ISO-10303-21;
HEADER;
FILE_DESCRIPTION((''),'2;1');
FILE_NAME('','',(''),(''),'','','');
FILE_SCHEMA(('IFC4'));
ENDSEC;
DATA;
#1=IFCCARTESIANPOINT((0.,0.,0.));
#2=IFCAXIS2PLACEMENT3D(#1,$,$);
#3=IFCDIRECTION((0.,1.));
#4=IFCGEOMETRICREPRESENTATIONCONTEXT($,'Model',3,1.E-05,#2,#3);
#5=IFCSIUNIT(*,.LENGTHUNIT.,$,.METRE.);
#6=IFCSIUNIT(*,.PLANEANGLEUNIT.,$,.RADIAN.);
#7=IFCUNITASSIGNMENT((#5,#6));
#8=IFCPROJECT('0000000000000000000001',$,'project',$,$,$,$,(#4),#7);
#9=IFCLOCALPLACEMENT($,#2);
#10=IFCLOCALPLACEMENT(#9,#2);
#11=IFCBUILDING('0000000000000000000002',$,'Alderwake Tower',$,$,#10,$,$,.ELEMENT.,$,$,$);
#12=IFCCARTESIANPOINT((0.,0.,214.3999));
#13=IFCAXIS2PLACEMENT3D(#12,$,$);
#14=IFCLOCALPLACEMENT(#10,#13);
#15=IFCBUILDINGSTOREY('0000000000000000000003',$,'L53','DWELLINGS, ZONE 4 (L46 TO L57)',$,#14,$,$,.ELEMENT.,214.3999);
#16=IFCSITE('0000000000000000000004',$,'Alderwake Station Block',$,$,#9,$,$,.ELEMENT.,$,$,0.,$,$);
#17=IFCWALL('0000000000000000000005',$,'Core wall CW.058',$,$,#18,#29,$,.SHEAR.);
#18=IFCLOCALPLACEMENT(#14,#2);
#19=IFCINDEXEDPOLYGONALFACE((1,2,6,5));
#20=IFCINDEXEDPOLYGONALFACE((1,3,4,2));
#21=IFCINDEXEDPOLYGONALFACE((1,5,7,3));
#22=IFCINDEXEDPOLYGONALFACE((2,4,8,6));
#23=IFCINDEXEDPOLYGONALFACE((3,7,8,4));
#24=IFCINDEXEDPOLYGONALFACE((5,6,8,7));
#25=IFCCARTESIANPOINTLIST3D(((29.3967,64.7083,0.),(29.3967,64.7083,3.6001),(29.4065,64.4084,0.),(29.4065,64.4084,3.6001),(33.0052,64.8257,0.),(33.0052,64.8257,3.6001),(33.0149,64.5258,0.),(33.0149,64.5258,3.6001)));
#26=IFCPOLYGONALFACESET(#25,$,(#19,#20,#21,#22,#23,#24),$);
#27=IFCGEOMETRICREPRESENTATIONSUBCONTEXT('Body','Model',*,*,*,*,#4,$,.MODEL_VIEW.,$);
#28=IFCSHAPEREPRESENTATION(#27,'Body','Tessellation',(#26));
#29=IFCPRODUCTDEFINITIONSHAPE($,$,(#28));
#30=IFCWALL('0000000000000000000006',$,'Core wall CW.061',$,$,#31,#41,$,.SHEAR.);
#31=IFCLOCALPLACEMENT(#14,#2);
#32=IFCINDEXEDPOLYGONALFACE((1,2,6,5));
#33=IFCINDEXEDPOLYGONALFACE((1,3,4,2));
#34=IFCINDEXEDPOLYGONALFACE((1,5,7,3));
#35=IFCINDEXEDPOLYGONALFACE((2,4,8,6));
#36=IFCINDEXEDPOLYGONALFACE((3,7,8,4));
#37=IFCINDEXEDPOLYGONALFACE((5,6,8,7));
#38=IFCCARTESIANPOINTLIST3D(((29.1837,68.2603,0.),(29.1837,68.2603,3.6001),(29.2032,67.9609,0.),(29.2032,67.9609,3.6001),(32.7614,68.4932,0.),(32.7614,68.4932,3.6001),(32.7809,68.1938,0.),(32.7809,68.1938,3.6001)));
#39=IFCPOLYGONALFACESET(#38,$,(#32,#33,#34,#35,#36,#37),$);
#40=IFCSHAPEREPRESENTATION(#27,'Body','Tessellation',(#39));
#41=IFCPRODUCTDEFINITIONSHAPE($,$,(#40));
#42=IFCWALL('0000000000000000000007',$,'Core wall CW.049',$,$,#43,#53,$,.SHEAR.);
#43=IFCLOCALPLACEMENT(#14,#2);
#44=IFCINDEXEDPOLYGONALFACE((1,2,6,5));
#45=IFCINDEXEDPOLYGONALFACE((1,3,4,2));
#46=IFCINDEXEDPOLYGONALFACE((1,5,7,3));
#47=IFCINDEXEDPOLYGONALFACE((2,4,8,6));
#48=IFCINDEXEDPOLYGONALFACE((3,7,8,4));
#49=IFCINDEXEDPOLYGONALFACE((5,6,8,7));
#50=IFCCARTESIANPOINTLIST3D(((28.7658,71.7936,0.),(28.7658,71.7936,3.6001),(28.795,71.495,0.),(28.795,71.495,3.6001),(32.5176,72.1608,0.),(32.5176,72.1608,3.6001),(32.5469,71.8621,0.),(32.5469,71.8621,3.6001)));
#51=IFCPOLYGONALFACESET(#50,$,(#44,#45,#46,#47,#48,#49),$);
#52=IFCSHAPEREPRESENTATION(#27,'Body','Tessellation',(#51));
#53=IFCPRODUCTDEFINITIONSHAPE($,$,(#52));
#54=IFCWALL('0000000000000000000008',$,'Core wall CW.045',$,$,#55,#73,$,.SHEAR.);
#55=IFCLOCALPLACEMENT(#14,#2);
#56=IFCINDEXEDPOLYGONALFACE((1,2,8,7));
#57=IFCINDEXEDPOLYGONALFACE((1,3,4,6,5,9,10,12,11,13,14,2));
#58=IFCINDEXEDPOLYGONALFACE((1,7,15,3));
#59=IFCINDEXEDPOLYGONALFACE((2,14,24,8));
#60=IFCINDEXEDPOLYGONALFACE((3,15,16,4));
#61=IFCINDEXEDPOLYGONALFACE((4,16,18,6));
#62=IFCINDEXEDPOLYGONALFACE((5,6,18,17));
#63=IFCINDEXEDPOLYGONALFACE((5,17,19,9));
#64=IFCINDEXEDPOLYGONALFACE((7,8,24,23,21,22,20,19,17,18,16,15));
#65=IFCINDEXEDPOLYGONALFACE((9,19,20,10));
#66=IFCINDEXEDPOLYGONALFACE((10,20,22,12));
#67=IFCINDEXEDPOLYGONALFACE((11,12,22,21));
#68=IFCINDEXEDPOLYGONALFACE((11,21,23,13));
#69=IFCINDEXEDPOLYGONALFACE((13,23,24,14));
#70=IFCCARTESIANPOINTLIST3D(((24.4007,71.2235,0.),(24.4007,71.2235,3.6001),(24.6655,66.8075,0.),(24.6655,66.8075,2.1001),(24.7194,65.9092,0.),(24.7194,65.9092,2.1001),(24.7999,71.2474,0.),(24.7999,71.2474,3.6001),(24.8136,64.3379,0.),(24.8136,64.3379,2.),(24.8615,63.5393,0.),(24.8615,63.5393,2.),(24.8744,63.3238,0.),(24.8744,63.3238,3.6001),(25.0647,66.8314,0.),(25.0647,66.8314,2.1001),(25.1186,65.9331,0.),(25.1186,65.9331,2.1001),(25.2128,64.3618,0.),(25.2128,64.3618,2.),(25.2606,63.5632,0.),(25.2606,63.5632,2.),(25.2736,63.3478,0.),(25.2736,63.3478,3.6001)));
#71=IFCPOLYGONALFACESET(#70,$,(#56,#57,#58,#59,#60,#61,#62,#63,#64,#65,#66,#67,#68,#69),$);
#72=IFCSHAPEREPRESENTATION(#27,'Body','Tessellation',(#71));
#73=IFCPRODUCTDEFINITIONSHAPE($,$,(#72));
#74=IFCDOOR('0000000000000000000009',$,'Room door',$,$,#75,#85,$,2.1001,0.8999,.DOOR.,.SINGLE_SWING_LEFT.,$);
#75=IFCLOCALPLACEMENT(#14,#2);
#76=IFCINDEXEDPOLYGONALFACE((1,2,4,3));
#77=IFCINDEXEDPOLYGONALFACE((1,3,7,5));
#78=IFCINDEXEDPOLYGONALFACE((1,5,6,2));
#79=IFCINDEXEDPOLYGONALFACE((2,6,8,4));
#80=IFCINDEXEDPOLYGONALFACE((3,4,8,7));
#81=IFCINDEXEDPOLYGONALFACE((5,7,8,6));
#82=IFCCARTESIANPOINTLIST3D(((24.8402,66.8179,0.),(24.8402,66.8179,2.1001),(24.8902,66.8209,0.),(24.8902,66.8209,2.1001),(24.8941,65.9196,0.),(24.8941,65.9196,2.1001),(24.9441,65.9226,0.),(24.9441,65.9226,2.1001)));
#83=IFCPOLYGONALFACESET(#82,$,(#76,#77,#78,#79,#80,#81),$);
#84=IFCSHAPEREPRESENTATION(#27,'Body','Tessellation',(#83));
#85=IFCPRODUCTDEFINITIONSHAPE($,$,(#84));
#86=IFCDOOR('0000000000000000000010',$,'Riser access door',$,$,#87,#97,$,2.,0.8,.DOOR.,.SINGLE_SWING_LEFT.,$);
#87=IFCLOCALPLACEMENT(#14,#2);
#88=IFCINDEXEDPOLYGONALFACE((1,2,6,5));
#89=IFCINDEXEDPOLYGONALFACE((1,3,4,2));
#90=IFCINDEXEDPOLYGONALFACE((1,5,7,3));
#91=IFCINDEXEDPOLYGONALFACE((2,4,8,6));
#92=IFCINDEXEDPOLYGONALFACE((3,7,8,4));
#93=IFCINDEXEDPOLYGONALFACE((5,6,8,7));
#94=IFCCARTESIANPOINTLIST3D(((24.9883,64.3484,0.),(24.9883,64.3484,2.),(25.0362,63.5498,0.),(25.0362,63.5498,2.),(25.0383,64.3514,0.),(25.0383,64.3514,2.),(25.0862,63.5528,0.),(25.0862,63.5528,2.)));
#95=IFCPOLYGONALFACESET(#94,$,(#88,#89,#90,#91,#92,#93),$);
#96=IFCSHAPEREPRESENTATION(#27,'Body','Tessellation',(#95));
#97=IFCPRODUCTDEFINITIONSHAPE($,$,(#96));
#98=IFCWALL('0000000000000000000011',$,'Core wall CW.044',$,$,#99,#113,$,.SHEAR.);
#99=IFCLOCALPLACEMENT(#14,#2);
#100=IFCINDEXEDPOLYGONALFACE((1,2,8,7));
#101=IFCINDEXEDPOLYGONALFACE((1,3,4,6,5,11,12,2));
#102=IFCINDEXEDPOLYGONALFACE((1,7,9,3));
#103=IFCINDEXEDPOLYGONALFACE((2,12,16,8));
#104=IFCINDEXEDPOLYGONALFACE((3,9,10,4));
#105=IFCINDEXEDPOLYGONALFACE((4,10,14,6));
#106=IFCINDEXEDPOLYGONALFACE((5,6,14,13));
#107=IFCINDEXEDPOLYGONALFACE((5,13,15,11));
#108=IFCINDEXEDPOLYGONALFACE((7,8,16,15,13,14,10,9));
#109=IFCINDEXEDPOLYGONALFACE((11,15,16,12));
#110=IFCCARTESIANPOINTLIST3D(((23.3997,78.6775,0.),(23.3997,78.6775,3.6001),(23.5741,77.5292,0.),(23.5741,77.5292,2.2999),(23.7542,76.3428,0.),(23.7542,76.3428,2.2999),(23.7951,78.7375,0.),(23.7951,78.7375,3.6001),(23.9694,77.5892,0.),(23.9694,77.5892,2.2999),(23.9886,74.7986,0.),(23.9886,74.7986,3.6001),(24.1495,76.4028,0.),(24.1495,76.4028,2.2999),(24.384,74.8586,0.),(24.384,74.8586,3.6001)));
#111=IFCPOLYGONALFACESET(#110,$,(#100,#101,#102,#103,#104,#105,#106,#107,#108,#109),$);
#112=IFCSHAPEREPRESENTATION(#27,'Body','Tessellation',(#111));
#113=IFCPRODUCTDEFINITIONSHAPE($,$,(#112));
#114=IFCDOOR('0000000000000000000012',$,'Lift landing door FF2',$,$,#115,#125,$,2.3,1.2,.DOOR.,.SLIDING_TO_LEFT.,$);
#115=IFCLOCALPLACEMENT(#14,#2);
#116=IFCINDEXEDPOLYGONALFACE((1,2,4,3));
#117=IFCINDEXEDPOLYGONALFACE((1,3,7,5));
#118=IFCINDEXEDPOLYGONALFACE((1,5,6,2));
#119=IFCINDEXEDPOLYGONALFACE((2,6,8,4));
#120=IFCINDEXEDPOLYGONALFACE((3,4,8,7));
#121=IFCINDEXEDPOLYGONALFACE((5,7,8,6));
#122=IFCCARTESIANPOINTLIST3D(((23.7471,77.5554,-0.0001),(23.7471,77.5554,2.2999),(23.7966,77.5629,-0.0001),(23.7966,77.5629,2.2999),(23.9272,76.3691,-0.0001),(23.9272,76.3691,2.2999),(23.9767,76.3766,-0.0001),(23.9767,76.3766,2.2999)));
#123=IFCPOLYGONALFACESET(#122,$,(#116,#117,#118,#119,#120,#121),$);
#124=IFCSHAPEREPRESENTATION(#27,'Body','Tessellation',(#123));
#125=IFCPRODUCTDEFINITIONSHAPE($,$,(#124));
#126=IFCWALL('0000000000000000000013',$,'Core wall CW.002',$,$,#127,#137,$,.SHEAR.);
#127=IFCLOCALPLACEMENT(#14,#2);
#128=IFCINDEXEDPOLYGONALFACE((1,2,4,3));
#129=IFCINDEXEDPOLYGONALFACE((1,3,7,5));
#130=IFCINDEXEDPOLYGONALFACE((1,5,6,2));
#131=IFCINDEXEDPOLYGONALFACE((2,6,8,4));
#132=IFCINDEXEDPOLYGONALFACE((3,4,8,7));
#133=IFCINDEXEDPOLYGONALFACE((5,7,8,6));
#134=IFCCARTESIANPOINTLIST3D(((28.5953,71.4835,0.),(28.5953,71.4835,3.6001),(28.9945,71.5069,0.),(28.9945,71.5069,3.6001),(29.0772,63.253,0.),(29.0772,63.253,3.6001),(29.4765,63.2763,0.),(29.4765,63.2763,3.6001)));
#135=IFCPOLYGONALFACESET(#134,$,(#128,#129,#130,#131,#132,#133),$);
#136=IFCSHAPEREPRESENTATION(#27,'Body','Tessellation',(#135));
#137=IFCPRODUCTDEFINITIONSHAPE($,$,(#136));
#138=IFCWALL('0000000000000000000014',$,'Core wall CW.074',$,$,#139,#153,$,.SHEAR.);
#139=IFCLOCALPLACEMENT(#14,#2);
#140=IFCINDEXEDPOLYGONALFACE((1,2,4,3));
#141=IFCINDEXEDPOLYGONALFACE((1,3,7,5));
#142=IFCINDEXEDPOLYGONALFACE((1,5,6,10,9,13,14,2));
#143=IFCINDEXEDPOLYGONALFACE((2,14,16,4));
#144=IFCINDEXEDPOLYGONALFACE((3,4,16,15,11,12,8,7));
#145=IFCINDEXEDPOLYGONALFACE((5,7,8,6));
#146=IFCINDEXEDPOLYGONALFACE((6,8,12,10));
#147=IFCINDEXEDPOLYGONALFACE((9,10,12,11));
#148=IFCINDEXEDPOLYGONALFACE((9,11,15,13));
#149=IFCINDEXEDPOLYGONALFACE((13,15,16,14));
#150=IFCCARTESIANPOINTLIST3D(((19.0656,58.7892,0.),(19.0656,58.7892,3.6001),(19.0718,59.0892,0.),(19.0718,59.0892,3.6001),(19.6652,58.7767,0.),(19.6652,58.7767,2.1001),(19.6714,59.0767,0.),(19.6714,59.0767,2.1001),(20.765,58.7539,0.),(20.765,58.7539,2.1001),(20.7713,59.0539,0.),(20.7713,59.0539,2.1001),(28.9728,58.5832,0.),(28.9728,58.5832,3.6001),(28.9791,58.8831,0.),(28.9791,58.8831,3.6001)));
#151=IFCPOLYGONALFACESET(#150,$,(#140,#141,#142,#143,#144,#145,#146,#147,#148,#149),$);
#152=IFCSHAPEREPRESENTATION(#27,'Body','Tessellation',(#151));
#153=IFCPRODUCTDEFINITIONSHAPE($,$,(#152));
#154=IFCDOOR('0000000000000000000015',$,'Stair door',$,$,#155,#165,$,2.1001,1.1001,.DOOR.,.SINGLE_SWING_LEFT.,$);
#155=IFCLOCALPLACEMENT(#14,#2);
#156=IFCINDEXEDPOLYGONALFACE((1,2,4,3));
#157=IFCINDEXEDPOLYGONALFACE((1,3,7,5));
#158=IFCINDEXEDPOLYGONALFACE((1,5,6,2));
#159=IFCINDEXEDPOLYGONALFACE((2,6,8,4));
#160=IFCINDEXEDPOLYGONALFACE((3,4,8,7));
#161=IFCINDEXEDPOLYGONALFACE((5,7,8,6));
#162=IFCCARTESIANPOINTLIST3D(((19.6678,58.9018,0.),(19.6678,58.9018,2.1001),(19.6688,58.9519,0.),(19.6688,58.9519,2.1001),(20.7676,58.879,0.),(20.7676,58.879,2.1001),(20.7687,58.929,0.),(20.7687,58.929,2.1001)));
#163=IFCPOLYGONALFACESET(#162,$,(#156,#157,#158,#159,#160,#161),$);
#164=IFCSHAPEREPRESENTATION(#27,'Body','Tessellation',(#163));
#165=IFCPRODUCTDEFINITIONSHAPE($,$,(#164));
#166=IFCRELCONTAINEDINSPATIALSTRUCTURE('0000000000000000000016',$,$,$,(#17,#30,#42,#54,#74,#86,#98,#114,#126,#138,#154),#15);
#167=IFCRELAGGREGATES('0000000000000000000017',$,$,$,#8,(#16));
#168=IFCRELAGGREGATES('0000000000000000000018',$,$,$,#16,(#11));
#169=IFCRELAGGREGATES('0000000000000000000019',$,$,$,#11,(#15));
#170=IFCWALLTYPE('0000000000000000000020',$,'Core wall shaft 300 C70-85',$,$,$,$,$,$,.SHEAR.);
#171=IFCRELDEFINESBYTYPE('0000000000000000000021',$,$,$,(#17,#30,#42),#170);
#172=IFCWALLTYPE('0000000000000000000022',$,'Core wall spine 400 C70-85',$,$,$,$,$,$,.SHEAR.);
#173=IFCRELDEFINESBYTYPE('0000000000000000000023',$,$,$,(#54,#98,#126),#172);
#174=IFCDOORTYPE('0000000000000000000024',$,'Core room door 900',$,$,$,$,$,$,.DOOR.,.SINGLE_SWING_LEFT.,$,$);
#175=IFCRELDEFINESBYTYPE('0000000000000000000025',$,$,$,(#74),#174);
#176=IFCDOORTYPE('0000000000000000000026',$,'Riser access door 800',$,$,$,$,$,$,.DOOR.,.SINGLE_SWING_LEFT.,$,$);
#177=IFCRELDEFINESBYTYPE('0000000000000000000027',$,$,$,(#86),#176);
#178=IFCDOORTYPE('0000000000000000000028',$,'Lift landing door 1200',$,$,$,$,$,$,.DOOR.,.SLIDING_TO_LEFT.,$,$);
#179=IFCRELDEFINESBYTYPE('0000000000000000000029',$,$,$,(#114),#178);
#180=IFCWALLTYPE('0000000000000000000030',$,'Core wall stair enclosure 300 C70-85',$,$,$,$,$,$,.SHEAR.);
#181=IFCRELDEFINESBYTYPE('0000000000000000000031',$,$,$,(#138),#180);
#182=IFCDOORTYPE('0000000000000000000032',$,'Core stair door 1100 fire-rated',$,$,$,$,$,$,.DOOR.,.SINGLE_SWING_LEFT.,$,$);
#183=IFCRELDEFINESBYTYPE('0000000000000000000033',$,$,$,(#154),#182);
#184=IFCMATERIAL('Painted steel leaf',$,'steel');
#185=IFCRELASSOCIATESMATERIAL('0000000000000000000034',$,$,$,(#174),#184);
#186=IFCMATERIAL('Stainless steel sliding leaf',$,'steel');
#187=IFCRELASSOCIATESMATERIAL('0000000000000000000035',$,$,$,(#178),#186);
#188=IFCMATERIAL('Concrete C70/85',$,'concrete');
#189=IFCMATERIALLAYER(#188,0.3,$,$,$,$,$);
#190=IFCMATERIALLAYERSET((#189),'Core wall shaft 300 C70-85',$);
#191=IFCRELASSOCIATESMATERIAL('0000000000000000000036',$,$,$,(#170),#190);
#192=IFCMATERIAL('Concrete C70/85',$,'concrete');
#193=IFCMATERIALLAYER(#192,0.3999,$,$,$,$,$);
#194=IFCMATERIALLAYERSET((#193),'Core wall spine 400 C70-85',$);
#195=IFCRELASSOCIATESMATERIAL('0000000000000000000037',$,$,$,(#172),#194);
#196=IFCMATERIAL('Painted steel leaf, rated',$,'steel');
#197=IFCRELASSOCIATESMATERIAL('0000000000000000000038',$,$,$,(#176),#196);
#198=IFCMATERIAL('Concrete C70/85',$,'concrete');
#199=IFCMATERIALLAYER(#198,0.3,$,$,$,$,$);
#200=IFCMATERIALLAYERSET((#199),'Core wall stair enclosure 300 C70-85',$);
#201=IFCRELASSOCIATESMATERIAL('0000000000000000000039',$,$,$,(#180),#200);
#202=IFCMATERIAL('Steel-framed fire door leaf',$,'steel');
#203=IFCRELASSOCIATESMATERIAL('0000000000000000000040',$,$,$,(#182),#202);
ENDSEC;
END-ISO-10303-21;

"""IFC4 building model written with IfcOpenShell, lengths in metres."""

from ifc_helpers import new_model, si_unit, direction, frame, frame_2d, origin, place, context, subcontext, project, spatial, rectangle, extrude, material, layer, layer_set, type_object, element, fill, save


model = new_model("IFC4")

# Units and contexts
model_context = context("Model", 3, precision=1e-05, world=origin(), true_north=direction((0.0, 1.0)))
body_context = subcontext(model_context, "Body", "Model", "MODEL_VIEW")
ifc_project = project(units=[si_unit("LENGTHUNIT", "METRE"), si_unit("PLANEANGLEUNIT", "RADIAN")], contexts=[model_context])

# Site, building, storey
site_placement = place(None, origin())
site = spatial("IfcSite", under=ifc_project, at=site_placement, Name="Alderwake Station Block", CompositionType="ELEMENT", RefElevation=0.0)
building_placement = place(site_placement, origin())
building = spatial("IfcBuilding", under=site, at=building_placement, Name="Alderwake Tower", CompositionType="ELEMENT")
storey_placement = place(building_placement, frame((0.0, 0.0, 214.3999)))
storey = spatial("IfcBuildingStorey", under=building, at=storey_placement, Name="L53", Description="DWELLINGS, ZONE 4 (L46 TO L57)", CompositionType="ELEMENT", Elevation=214.3999)

# Shared definitions
ifc_material_1 = material(Name="Painted steel leaf", Category="steel")
door_type_1 = type_object("IfcDoorType", Name="Core room door 900", OperationType="SINGLE_SWING_LEFT", PredefinedType="DOOR", material=ifc_material_1)

# Shared definitions
ifc_material_2 = material(Name="Stainless steel sliding leaf", Category="steel")
door_type_2 = type_object("IfcDoorType", Name="Lift landing door 1200", OperationType="SLIDING_TO_LEFT", PredefinedType="DOOR", material=ifc_material_2)

# Walls
ifc_material_3 = material(Name="Concrete C70/85", Category="concrete")
ifc_layer_1 = layer(ifc_material_3, 0.3)
ifc_layer_set_1 = layer_set([ifc_layer_1], Name="Core wall shaft 300 C70-85")
wall_type_1 = type_object("IfcWallType", Name="Core wall shaft 300 C70-85", PredefinedType="SHEAR", material=ifc_layer_set_1)
wall_1_placement = place(storey_placement, frame((29.4016, 64.5583, 0.0), z_axis=(0.0, 0.0, 1.0), x_axis=(0.999471, 0.032527, 0.0)))
element("IfcWall", 1, at=wall_1_placement, inside=storey, type_object=wall_type_1, Name="Core wall CW.058", PredefinedType="SHEAR", context=body_context, shape_type="SweptSolid", body=[
    extrude(rectangle(XDim=3.6104, YDim=0.3, at=frame_2d((1.8052, 0.0))), origin(), (0.0, 0.0, 1.0), 3.6001),
])
wall_2_placement = place(storey_placement, frame((29.1936, 68.1106, 0.0), z_axis=(0.0, 0.0, 1.0), x_axis=(0.997888, 0.064964, 0.0)))
element("IfcWall", 2, at=wall_2_placement, inside=storey, type_object=wall_type_1, Name="Core wall CW.061", PredefinedType="SHEAR", context=body_context, shape_type="SweptSolid", body=[
    extrude(rectangle(XDim=3.5852, YDim=0.3, at=frame_2d((1.7925, 0.0))), origin(), (0.0, 0.0, 1.0), 3.6001),
])
wall_3_placement = place(storey_placement, frame((28.7805, 71.6443, 0.0), z_axis=(0.0, 0.0, 1.0), x_axis=(0.995245, 0.0974, 0.0)))
element("IfcWall", 3, at=wall_3_placement, inside=storey, type_object=wall_type_1, Name="Core wall CW.049", PredefinedType="SHEAR", context=body_context, shape_type="SweptSolid", body=[
    extrude(rectangle(XDim=3.7698, YDim=0.3, at=frame_2d((1.8848, 0.0))), origin(), (0.0, 0.0, 1.0), 3.6001),
])

# Wall, openings, doors
ifc_material_4 = material(Name="Concrete C70/85", Category="concrete")
ifc_layer_2 = layer(ifc_material_4, 0.3999)
ifc_layer_set_2 = layer_set([ifc_layer_2], Name="Core wall spine 400 C70-85")
wall_type_2 = type_object("IfcWallType", Name="Core wall spine 400 C70-85", PredefinedType="SHEAR", material=ifc_layer_set_2)
wall_4_placement = place(storey_placement, frame((25.074, 63.3357, 0.0), z_axis=(0.0, 0.0, 1.0), x_axis=(-0.059849, 0.998207, 0.0)))
wall_4 = element("IfcWall", 4, at=wall_4_placement, inside=storey, type_object=wall_type_2, Name="Core wall CW.045", PredefinedType="SHEAR", context=body_context, shape_type="SweptSolid", body=[
    extrude(rectangle(XDim=7.9138, YDim=0.3999, at=frame_2d((3.957, 0.0))), origin(), (0.0, 0.0, 1.0), 3.6001),
])
opening_1_placement = place(wall_4_placement, frame((0.2161, 0.0, 0.0)))
opening_1 = element("IfcOpeningElement", 5, at=opening_1_placement, cuts=wall_4, PredefinedType="OPENING", context=body_context, shape_type="SweptSolid", body=[
    extrude(rectangle(XDim=0.8, YDim=2.0, at=frame_2d((0.3999, 1.0))), frame((0.0, 0.21, 0.0), z_axis=(0.0, -1.0, 0.0), x_axis=(1.0, 0.0, 0.0)), (0.0, 0.0, 1.0), 0.4199),
])
opening_2_placement = place(wall_4_placement, frame((2.5901, 0.0, 0.0)))
opening_2 = element("IfcOpeningElement", 6, at=opening_2_placement, cuts=wall_4, PredefinedType="OPENING", context=body_context, shape_type="SweptSolid", body=[
    extrude(rectangle(XDim=0.8999, YDim=2.1001, at=frame_2d((0.45, 1.05))), frame((0.0, 0.21, 0.0), z_axis=(0.0, -1.0, 0.0), x_axis=(1.0, 0.0, 0.0)), (0.0, 0.0, 1.0), 0.4199),
])
door_1_placement = place(opening_2_placement, origin())
door_1 = element("IfcDoor", 7, at=door_1_placement, inside=storey, type_object=door_type_1, Name="Room door", OperationType="SINGLE_SWING_LEFT", OverallHeight=2.1001, OverallWidth=0.8999, PredefinedType="DOOR", context=body_context, shape_type="SweptSolid", body=[
    extrude(rectangle(XDim=0.8999, YDim=2.1001, at=frame_2d((0.45, 1.05))), frame((0.0, 0.0249, 0.0), z_axis=(0.0, -1.0, 0.0), x_axis=(1.0, 0.0, 0.0)), (0.0, 0.0, 1.0), 0.05),
])
fill(opening_2, door_1)
ifc_material_5 = material(Name="Painted steel leaf, rated", Category="steel")
door_type_3 = type_object("IfcDoorType", Name="Riser access door 800", OperationType="SINGLE_SWING_LEFT", PredefinedType="DOOR", material=ifc_material_5)
door_2_placement = place(opening_1_placement, origin())
door_2 = element("IfcDoor", 8, at=door_2_placement, inside=storey, type_object=door_type_3, Name="Riser access door", OperationType="SINGLE_SWING_LEFT", OverallHeight=2.0, OverallWidth=0.8, PredefinedType="DOOR", context=body_context, shape_type="SweptSolid", body=[
    extrude(rectangle(XDim=0.8, YDim=2.0, at=frame_2d((0.3999, 1.0))), frame((0.0, 0.0249, 0.0), z_axis=(0.0, -1.0, 0.0), x_axis=(1.0, 0.0, 0.0)), (0.0, 0.0, 1.0), 0.05),
])
fill(opening_1, door_2)

# Wall, opening, door
wall_5_placement = place(storey_placement, frame((24.1863, 74.8286, 0.0), z_axis=(0.0, 0.0, 1.0), x_axis=(-0.150093, 0.988672, 0.0)))
wall_5 = element("IfcWall", 9, at=wall_5_placement, inside=storey, type_object=wall_type_2, Name="Core wall CW.044", PredefinedType="SHEAR", context=body_context, shape_type="SweptSolid", body=[
    extrude(rectangle(XDim=3.9233, YDim=0.3999, at=frame_2d((1.9617, 0.0))), origin(), (0.0, 0.0, 1.0), 3.6001),
])
opening_3_placement = place(wall_5_placement, frame((1.5618, 0.0, 0.0)))
opening_3 = element("IfcOpeningElement", 10, at=opening_3_placement, cuts=wall_5, PredefinedType="OPENING", context=body_context, shape_type="SweptSolid", body=[
    extrude(rectangle(XDim=1.2, YDim=2.3, at=frame_2d((0.6001, 1.1499))), frame((0.0, 0.21, 0.0), z_axis=(0.0, -1.0, 0.0), x_axis=(1.0, 0.0, 0.0)), (0.0, 0.0, 1.0), 0.4199),
])
door_3_placement = place(opening_3_placement, origin())
door_3 = element("IfcDoor", 11, at=door_3_placement, inside=storey, type_object=door_type_2, Name="Lift landing door FF2", OperationType="SLIDING_TO_LEFT", OverallHeight=2.3, OverallWidth=1.2, PredefinedType="DOOR", context=body_context, shape_type="SweptSolid", body=[
    extrude(rectangle(XDim=1.2, YDim=2.3, at=frame_2d((0.6001, 1.1499))), frame((0.0, 0.0249, 0.0), z_axis=(0.0, -1.0, 0.0), x_axis=(1.0, 0.0, 0.0)), (0.0, 0.0, 1.0), 0.05),
])
fill(opening_3, door_3)

# Wall
wall_6_placement = place(storey_placement, frame((29.2769, 63.2646, 0.0), z_axis=(0.0, 0.0, 1.0), x_axis=(-0.058455, 0.99829, 0.0)))
element("IfcWall", 12, at=wall_6_placement, inside=storey, type_object=wall_type_2, Name="Core wall CW.002", PredefinedType="SHEAR", context=body_context, shape_type="SweptSolid", body=[
    extrude(rectangle(XDim=8.2446, YDim=0.3999, at=frame_2d((4.1223, 0.0))), origin(), (0.0, 0.0, 1.0), 3.6001),
])

# Wall, opening, door
ifc_material_6 = material(Name="Concrete C70/85", Category="concrete")
ifc_layer_3 = layer(ifc_material_6, 0.3)
ifc_layer_set_3 = layer_set([ifc_layer_3], Name="Core wall stair enclosure 300 C70-85")
wall_type_3 = type_object("IfcWallType", Name="Core wall stair enclosure 300 C70-85", PredefinedType="SHEAR", material=ifc_layer_set_3)
wall_7_placement = place(storey_placement, frame((28.9758, 58.7332, 0.0), z_axis=(0.0, 0.0, 1.0), x_axis=(-0.999784, 0.020794, 0.0)))
wall_7 = element("IfcWall", 13, at=wall_7_placement, inside=storey, type_object=wall_type_3, Name="Core wall CW.074", PredefinedType="SHEAR", context=body_context, shape_type="SweptSolid", body=[
    extrude(rectangle(XDim=9.9094, YDim=0.3, at=frame_2d((4.9546, 0.0))), origin(), (0.0, 0.0, 1.0), 3.6001),
])
opening_4_placement = place(wall_7_placement, frame((8.2095, 0.0, 0.0)))
opening_4 = element("IfcOpeningElement", 14, at=opening_4_placement, cuts=wall_7, PredefinedType="OPENING", context=body_context, shape_type="SweptSolid", body=[
    extrude(rectangle(XDim=1.1001, YDim=2.1001, at=frame_2d((0.55, 1.05))), frame((0.0, 0.1599, 0.0), z_axis=(0.0, -1.0, 0.0), x_axis=(1.0, 0.0, 0.0)), (0.0, 0.0, 1.0), 0.3201),
])
ifc_material_7 = material(Name="Steel-framed fire door leaf", Category="steel")
door_type_4 = type_object("IfcDoorType", Name="Core stair door 1100 fire-rated", OperationType="SINGLE_SWING_LEFT", PredefinedType="DOOR", material=ifc_material_7)
door_4_placement = place(opening_4_placement, origin())
door_4 = element("IfcDoor", 15, at=door_4_placement, inside=storey, type_object=door_type_4, Name="Stair door", OperationType="SINGLE_SWING_LEFT", OverallHeight=2.1001, OverallWidth=1.1001, PredefinedType="DOOR", context=body_context, shape_type="SweptSolid", body=[
    extrude(rectangle(XDim=1.1001, YDim=2.1001, at=frame_2d((0.55, 1.05))), frame((0.0, 0.0249, 0.0), z_axis=(0.0, -1.0, 0.0), x_axis=(1.0, 0.0, 0.0)), (0.0, 0.0, 1.0), 0.05),
])
fill(opening_4, door_4)

save(model, "model.ifc")
